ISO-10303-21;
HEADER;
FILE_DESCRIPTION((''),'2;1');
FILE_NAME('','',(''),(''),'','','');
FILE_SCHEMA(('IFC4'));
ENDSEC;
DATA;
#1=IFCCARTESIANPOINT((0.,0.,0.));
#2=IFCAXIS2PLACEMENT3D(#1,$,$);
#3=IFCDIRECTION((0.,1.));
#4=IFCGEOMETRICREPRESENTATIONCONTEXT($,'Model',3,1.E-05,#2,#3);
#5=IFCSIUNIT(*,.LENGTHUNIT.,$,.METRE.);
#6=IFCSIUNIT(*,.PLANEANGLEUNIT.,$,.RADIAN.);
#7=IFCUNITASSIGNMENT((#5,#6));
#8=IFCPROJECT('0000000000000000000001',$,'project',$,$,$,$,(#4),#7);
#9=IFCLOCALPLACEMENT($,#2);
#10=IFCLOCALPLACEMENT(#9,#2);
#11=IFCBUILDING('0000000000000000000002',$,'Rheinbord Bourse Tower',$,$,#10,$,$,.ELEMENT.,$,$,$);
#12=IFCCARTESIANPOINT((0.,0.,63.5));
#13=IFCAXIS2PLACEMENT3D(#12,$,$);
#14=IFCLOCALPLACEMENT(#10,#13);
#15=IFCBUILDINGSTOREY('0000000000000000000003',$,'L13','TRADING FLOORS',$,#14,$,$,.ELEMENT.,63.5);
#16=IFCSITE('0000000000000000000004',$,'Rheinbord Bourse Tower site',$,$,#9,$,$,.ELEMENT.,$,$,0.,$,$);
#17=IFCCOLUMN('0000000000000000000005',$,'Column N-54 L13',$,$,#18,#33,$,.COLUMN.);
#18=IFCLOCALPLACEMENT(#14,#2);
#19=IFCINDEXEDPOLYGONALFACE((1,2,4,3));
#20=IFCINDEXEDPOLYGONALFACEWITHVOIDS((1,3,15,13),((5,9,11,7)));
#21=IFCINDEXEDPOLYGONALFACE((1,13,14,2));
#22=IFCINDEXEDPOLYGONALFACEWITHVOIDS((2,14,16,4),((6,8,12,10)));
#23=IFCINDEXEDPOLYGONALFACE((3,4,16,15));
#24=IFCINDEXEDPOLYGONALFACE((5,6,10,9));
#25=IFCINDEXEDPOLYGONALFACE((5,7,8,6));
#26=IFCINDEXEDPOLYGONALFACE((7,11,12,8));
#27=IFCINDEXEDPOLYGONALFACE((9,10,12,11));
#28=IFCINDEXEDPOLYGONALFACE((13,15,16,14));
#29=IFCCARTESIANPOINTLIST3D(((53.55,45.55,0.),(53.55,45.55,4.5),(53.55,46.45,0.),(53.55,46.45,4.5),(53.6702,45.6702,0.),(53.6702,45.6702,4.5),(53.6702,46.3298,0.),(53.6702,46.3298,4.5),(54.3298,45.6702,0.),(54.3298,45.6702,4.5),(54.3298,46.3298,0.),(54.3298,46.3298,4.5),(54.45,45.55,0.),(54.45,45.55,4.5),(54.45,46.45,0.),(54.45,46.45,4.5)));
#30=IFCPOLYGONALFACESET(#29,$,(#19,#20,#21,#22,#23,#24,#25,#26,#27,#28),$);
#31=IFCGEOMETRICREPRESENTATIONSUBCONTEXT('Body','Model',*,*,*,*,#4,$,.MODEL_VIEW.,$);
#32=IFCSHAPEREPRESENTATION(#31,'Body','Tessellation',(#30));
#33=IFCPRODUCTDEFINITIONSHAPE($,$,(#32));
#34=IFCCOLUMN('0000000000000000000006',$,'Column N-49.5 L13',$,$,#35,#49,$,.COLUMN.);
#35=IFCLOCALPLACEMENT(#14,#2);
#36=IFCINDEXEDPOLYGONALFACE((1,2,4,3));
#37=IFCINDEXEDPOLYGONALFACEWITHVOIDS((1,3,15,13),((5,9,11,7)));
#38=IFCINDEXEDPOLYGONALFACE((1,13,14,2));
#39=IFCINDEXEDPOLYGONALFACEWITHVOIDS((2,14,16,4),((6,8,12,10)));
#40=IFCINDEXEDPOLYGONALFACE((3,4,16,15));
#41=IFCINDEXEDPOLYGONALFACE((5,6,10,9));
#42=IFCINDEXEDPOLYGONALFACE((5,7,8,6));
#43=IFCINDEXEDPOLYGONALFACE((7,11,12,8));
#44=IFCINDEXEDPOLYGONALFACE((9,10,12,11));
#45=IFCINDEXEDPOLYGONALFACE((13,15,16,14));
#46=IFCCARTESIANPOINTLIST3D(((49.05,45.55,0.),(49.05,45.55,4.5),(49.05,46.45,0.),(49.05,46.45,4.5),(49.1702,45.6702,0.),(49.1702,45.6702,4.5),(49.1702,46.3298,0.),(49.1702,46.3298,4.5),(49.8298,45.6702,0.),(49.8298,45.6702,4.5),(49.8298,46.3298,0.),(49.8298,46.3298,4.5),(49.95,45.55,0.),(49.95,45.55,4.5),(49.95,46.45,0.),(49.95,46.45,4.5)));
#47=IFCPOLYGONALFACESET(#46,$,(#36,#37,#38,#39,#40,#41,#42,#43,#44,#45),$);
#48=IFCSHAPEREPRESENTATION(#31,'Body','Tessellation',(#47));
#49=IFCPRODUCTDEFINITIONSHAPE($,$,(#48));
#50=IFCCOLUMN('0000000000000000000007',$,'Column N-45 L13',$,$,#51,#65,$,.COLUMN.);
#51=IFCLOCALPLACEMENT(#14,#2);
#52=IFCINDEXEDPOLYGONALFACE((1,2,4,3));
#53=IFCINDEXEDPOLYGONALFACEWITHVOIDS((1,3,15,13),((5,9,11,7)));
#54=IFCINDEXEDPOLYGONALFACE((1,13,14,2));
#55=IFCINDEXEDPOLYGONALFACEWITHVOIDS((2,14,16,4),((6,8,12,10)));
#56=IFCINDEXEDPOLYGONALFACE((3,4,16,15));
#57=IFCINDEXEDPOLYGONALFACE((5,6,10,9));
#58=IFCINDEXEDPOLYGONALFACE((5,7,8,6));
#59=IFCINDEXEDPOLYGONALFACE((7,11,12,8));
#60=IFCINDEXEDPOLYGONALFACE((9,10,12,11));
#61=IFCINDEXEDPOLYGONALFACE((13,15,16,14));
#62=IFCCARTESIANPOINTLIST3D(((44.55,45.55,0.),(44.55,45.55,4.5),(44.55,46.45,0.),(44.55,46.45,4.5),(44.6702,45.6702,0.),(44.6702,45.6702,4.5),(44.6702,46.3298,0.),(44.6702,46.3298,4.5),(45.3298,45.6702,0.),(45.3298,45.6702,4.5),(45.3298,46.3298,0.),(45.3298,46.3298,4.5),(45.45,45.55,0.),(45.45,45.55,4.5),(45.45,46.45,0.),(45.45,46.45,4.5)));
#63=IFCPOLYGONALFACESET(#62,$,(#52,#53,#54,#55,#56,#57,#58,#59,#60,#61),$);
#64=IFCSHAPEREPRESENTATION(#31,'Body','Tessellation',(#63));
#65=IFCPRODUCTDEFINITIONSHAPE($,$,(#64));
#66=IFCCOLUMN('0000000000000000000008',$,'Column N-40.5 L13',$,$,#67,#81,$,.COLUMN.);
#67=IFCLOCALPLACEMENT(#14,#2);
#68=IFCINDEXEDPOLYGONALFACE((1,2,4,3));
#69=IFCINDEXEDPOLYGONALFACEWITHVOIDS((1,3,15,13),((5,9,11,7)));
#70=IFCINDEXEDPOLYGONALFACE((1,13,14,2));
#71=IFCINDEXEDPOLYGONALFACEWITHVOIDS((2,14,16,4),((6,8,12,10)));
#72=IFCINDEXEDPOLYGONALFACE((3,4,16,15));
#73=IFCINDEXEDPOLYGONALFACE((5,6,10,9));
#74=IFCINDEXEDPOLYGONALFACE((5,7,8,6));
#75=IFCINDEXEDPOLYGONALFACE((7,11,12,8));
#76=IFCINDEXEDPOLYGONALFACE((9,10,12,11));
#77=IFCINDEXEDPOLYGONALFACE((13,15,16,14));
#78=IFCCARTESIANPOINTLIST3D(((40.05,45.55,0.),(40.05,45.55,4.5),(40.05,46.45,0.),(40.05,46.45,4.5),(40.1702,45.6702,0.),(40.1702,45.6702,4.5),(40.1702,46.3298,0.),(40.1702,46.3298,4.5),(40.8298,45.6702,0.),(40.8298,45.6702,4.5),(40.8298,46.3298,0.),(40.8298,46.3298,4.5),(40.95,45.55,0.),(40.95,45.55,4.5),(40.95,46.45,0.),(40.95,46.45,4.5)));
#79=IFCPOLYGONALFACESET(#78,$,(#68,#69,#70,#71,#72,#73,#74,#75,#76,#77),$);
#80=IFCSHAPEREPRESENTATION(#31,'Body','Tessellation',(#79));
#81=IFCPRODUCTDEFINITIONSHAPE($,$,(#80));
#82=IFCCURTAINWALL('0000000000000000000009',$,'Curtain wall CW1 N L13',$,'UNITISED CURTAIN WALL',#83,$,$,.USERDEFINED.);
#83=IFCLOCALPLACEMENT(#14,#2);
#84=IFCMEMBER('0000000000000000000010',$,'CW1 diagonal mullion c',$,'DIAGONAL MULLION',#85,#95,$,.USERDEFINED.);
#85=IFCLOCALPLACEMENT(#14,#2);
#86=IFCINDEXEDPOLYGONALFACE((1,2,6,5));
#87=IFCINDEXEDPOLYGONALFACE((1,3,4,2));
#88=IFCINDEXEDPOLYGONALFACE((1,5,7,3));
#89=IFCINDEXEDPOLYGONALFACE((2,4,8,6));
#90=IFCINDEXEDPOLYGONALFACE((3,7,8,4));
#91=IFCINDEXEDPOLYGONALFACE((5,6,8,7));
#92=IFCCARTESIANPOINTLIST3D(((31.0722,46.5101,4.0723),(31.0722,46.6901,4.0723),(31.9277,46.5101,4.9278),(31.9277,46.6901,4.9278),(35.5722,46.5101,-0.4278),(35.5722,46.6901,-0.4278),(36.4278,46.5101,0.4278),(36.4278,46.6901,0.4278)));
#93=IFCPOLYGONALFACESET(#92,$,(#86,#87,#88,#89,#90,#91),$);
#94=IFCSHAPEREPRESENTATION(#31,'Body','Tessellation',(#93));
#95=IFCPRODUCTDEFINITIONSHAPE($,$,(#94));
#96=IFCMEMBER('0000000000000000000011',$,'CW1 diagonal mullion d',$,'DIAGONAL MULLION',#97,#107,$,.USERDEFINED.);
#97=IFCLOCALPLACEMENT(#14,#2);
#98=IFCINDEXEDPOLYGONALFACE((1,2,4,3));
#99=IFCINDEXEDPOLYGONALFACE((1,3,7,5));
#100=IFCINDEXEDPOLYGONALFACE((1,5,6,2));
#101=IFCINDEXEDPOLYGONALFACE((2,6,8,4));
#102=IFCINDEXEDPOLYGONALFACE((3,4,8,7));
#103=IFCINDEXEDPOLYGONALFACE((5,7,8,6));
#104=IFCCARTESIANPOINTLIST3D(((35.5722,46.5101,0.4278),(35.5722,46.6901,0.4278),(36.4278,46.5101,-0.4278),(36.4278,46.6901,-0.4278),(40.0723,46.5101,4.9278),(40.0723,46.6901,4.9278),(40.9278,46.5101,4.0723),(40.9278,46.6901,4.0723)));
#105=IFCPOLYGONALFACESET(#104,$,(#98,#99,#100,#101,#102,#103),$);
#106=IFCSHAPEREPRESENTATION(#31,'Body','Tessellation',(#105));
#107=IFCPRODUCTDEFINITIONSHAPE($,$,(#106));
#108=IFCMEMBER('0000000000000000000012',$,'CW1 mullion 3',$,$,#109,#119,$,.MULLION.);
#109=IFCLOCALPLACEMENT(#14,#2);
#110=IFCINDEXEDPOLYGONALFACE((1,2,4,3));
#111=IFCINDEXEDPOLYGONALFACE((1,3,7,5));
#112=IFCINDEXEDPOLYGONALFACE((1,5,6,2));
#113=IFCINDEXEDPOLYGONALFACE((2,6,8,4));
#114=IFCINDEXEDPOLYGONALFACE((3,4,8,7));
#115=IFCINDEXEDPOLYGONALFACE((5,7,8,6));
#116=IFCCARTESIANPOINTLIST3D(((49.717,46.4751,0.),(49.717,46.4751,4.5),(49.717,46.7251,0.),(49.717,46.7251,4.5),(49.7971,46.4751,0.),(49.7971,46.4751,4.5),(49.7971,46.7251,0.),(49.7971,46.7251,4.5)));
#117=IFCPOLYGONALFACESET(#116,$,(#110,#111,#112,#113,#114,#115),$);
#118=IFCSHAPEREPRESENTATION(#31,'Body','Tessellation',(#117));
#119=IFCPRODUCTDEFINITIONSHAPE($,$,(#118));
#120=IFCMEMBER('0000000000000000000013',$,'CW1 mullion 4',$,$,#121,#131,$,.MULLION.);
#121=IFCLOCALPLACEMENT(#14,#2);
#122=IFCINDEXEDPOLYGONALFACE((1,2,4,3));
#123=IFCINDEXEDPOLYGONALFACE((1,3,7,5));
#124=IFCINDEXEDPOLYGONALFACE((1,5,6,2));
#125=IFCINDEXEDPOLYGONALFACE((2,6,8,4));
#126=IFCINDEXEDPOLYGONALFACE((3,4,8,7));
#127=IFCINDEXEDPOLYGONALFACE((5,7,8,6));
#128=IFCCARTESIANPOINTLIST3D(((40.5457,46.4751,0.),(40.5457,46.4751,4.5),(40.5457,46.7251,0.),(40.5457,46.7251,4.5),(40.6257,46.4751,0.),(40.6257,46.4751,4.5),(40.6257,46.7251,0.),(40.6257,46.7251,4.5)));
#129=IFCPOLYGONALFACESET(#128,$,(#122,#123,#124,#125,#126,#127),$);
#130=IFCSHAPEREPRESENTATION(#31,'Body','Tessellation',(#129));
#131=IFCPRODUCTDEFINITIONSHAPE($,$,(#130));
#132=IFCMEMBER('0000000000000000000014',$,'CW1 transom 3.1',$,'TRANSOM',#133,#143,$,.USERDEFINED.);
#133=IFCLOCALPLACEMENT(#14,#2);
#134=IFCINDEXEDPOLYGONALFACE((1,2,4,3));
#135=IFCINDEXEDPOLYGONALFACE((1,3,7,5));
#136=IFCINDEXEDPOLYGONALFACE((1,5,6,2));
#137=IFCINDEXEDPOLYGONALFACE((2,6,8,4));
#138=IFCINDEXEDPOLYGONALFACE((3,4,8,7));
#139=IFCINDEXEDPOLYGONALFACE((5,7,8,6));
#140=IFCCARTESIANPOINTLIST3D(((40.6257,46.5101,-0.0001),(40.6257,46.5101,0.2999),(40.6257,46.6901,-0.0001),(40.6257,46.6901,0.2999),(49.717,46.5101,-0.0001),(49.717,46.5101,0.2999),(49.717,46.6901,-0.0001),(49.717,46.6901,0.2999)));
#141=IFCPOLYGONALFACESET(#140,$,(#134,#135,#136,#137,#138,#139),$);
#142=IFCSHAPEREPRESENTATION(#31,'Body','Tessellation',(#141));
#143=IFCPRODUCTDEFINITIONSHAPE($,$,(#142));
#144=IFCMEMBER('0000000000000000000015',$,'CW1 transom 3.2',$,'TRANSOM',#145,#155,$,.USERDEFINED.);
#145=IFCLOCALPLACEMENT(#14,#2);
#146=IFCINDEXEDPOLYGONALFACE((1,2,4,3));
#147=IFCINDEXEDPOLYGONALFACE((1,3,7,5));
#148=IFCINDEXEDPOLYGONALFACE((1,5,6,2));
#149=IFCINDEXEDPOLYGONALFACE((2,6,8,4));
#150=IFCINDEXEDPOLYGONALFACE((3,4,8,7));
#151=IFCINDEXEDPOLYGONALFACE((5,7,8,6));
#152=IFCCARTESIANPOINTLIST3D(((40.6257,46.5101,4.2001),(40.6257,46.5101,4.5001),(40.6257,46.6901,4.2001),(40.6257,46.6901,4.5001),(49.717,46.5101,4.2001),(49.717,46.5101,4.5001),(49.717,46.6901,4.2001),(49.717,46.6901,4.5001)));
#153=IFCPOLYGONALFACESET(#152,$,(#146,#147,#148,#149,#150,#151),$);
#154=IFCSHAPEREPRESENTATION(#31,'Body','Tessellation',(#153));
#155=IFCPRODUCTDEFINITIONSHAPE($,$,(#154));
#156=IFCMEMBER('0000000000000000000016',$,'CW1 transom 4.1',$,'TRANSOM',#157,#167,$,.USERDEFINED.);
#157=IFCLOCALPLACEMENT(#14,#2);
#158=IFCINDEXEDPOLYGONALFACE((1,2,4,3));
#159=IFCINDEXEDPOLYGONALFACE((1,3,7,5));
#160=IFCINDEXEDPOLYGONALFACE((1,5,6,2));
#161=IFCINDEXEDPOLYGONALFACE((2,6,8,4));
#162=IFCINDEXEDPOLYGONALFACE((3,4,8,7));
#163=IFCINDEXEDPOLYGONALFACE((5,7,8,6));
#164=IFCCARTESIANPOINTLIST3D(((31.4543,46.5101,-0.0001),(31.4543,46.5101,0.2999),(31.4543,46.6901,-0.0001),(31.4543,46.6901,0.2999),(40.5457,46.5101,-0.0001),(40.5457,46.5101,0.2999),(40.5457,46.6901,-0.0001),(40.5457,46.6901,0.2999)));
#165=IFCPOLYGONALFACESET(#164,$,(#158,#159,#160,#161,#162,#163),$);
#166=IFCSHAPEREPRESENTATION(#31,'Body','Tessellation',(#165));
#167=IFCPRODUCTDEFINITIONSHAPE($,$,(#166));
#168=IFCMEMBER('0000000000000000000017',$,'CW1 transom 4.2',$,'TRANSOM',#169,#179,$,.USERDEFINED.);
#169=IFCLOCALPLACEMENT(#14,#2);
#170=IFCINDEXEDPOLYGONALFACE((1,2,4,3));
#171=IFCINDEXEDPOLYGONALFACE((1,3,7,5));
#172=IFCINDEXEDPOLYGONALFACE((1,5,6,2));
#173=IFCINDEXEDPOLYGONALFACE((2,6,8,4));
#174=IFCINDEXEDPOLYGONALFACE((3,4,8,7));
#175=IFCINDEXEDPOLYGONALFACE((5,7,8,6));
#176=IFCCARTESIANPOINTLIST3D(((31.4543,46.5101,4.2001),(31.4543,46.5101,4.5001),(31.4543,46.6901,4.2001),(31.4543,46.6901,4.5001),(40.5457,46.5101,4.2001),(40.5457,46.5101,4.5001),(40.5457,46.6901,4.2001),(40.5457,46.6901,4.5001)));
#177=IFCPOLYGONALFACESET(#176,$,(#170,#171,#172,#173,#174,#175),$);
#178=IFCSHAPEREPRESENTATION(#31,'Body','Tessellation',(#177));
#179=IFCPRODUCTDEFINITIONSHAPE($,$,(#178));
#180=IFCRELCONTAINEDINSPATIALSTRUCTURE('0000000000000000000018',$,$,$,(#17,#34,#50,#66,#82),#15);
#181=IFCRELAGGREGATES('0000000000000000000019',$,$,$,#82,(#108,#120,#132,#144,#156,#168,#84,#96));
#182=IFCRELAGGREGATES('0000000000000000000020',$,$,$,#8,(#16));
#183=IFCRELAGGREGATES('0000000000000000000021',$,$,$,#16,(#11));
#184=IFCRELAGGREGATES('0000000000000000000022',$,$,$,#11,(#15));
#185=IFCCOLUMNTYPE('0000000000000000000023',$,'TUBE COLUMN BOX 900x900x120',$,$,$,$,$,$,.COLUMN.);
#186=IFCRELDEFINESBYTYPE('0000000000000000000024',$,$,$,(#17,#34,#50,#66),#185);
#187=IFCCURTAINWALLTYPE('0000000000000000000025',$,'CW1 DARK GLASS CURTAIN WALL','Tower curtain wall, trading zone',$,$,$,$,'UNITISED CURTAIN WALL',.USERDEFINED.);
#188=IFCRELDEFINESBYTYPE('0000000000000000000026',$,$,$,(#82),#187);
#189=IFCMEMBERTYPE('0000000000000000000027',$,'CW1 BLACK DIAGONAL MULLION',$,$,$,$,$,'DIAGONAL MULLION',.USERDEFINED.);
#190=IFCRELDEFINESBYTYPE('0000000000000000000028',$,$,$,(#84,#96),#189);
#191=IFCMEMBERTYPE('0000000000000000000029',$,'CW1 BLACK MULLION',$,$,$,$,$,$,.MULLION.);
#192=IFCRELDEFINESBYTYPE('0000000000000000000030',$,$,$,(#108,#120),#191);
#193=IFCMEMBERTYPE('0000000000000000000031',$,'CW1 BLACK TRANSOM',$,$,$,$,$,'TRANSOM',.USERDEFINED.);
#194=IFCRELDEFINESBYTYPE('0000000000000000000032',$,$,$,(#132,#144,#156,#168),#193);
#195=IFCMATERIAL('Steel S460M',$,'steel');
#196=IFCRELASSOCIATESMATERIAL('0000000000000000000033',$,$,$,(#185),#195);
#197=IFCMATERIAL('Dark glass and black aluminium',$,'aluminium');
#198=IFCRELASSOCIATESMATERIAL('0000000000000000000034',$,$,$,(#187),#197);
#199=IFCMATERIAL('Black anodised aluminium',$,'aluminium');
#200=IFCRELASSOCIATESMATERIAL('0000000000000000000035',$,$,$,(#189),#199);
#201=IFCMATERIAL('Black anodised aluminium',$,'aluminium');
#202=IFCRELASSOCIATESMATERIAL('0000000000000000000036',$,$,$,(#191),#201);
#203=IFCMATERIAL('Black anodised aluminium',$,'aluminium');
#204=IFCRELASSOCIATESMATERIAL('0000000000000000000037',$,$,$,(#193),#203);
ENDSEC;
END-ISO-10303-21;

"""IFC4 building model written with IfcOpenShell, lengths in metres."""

from ifc_helpers import new_model, si_unit, direction, frame, origin, origin_2d, place, context, subcontext, project, spatial, rectangle, hollow_rectangle, extrude, material, material_profile, profile_set, type_object, element, aggregate, save


model = new_model("IFC4")

# Units and contexts
model_context = context("Model", 3, precision=1e-05, world=origin(), true_north=direction((0.0, 1.0)))
body_context = subcontext(model_context, "Body", "Model", "MODEL_VIEW")
ifc_project = project(units=[si_unit("LENGTHUNIT", "METRE"), si_unit("PLANEANGLEUNIT", "RADIAN")], contexts=[model_context])

# Site, building, storey
site_placement = place(None, origin())
site = spatial("IfcSite", under=ifc_project, at=site_placement, Name="Rheinbord Bourse Tower site", CompositionType="ELEMENT", RefElevation=0.0)
building_placement = place(site_placement, origin())
building = spatial("IfcBuilding", under=site, at=building_placement, Name="Rheinbord Bourse Tower", CompositionType="ELEMENT")
storey_placement = place(building_placement, frame((0.0, 0.0, 63.5)))
storey = spatial("IfcBuildingStorey", under=building, at=storey_placement, Name="L13", Description="TRADING FLOORS", CompositionType="ELEMENT", Elevation=63.5)

# Columns
ifc_material_1 = material(Name="Steel S460M", Category="steel")
ifc_material_profile_1 = material_profile(ifc_material_1, hollow_rectangle(XDim=0.8999, YDim=0.8999, WallThickness=0.1201, at=origin_2d()), Name="BOX 900x900x120")
ifc_profile_set_1 = profile_set([ifc_material_profile_1], Name="Steel S460M")
column_type = type_object("IfcColumnType", Name="TUBE COLUMN BOX 900x900x120", PredefinedType="COLUMN", material=ifc_profile_set_1)
for number, where, z_axis, x_axis, name in (
    (1, (54.0, 46.0, 0.0), (0.0, 0.0, 1.0), (0.0, 1.0, 0.0), "Column N-54 L13"),
    (2, (49.5, 46.0, 0.0), (0.0, 0.0, 1.0), (0.0, 1.0, 0.0), "Column N-49.5 L13"),
    (3, (45.0, 46.0, 0.0), (0.0, 0.0, 1.0), (0.0, 1.0, 0.0), "Column N-45 L13"),
    (4, (40.5, 46.0, 0.0), (0.0, 0.0, 1.0), (0.0, 1.0, 0.0), "Column N-40.5 L13"),
):
    element("IfcColumn", number, at=place(storey_placement, frame(where, z_axis=z_axis, x_axis=x_axis)), inside=storey, type_object=column_type, Name=name, PredefinedType="COLUMN", context=body_context, shape_type="SweptSolid", body=[
        extrude(hollow_rectangle(XDim=0.8999, YDim=0.8999, WallThickness=0.1201, at=origin_2d()), origin(), (0.0, 0.0, 1.0), 4.5),
    ])

# Curtain wall, members
ifc_material_2 = material(Name="Dark glass and black aluminium", Category="aluminium")
curtain_wall_type = type_object("IfcCurtainWallType", Name="CW1 DARK GLASS CURTAIN WALL", Description="Tower curtain wall, trading zone", ElementType="UNITISED CURTAIN WALL", PredefinedType="USERDEFINED", material=ifc_material_2)
curtain_wall_placement = place(storey_placement, origin())
curtain_wall = element("IfcCurtainWall", 5, at=curtain_wall_placement, inside=storey, type_object=curtain_wall_type, Name="Curtain wall CW1 N L13", ObjectType="UNITISED CURTAIN WALL", PredefinedType="USERDEFINED")
ifc_material_3 = material(Name="Black anodised aluminium", Category="aluminium")
ifc_material_profile_2 = material_profile(ifc_material_3, rectangle(XDim=0.1799, YDim=1.21, at=origin_2d()), Name="CW1 DIAGONAL MULLION 1210x180")
ifc_profile_set_2 = profile_set([ifc_material_profile_2], Name="Black anodised aluminium")
member_type_1 = type_object("IfcMemberType", Name="CW1 BLACK DIAGONAL MULLION", ElementType="DIAGONAL MULLION", PredefinedType="USERDEFINED", material=ifc_profile_set_2)
member_1_placement = place(storey_placement, frame((36.0, 46.6001, 0.0), z_axis=(-0.707107, 0.0, 0.707107), x_axis=(0.0, -1.0, 0.0)))
member_1 = element("IfcMember", 6, at=member_1_placement, type_object=member_type_1, Name="CW1 diagonal mullion c", ObjectType="DIAGONAL MULLION", PredefinedType="USERDEFINED", context=body_context, shape_type="SweptSolid", body=[
    extrude(rectangle(XDim=0.1799, YDim=1.21, at=origin_2d()), origin(), (0.0, 0.0, 1.0), 6.364),
])
member_2_placement = place(storey_placement, frame((36.0, 46.6001, 0.0), z_axis=(0.707107, 0.0, 0.707107), x_axis=(0.0, 1.0, 0.0)))
member_2 = element("IfcMember", 7, at=member_2_placement, type_object=member_type_1, Name="CW1 diagonal mullion d", ObjectType="DIAGONAL MULLION", PredefinedType="USERDEFINED", context=body_context, shape_type="SweptSolid", body=[
    extrude(rectangle(XDim=0.1799, YDim=1.21, at=origin_2d()), origin(), (0.0, 0.0, 1.0), 6.364),
])
ifc_material_4 = material(Name="Black anodised aluminium", Category="aluminium")
ifc_material_profile_3 = material_profile(ifc_material_4, rectangle(XDim=0.25, YDim=0.0801, at=origin_2d()), Name="CW1 MULLION 80x250")
ifc_profile_set_3 = profile_set([ifc_material_profile_3], Name="Black anodised aluminium")
member_type_2 = type_object("IfcMemberType", Name="CW1 BLACK MULLION", PredefinedType="MULLION", material=ifc_profile_set_3)
member_3_placement = place(storey_placement, frame((49.7571, 46.6001, 0.0), z_axis=(0.0, 0.0, 1.0), x_axis=(0.0, -1.0, 0.0)))
member_3 = element("IfcMember", 8, at=member_3_placement, type_object=member_type_2, Name="CW1 mullion 3", PredefinedType="MULLION", context=body_context, shape_type="SweptSolid", body=[
    extrude(rectangle(XDim=0.25, YDim=0.0801, at=origin_2d()), origin(), (0.0, 0.0, 1.0), 4.5),
])
member_4_placement = place(storey_placement, frame((40.5857, 46.6001, 0.0), z_axis=(0.0, 0.0, 1.0), x_axis=(0.0, -1.0, 0.0)))
member_4 = element("IfcMember", 9, at=member_4_placement, type_object=member_type_2, Name="CW1 mullion 4", PredefinedType="MULLION", context=body_context, shape_type="SweptSolid", body=[
    extrude(rectangle(XDim=0.25, YDim=0.0801, at=origin_2d()), origin(), (0.0, 0.0, 1.0), 4.5),
])
ifc_material_5 = material(Name="Black anodised aluminium", Category="aluminium")
ifc_material_profile_4 = material_profile(ifc_material_5, rectangle(XDim=0.1799, YDim=0.3, at=origin_2d()), Name="CW1 TRANSOM 300x180")
ifc_profile_set_4 = profile_set([ifc_material_profile_4], Name="Black anodised aluminium")
member_type_3 = type_object("IfcMemberType", Name="CW1 BLACK TRANSOM", ElementType="TRANSOM", PredefinedType="USERDEFINED", material=ifc_profile_set_4)
member_5_placement = place(storey_placement, frame((49.717, 46.6001, 0.1499), z_axis=(-1.0, 0.0, 0.0), x_axis=(0.0, -1.0, 0.0)))
member_5 = element("IfcMember", 10, at=member_5_placement, type_object=member_type_3, Name="CW1 transom 3.1", ObjectType="TRANSOM", PredefinedType="USERDEFINED", context=body_context, shape_type="SweptSolid", body=[
    extrude(rectangle(XDim=0.1799, YDim=0.3, at=origin_2d()), origin(), (0.0, 0.0, 1.0), 9.0913),
])
member_6_placement = place(storey_placement, frame((49.717, 46.6001, 4.3501), z_axis=(-1.0, 0.0, 0.0), x_axis=(0.0, -1.0, 0.0)))
member_6 = element("IfcMember", 11, at=member_6_placement, type_object=member_type_3, Name="CW1 transom 3.2", ObjectType="TRANSOM", PredefinedType="USERDEFINED", context=body_context, shape_type="SweptSolid", body=[
    extrude(rectangle(XDim=0.1799, YDim=0.3, at=origin_2d()), origin(), (0.0, 0.0, 1.0), 9.0913),
])
member_7_placement = place(storey_placement, frame((40.5457, 46.6001, 0.1499), z_axis=(-1.0, 0.0, 0.0), x_axis=(0.0, -1.0, 0.0)))
member_7 = element("IfcMember", 12, at=member_7_placement, type_object=member_type_3, Name="CW1 transom 4.1", ObjectType="TRANSOM", PredefinedType="USERDEFINED", context=body_context, shape_type="SweptSolid", body=[
    extrude(rectangle(XDim=0.1799, YDim=0.3, at=origin_2d()), origin(), (0.0, 0.0, 1.0), 9.0913),
])
member_8_placement = place(storey_placement, frame((40.5457, 46.6001, 4.3501), z_axis=(-1.0, 0.0, 0.0), x_axis=(0.0, -1.0, 0.0)))
member_8 = element("IfcMember", 13, at=member_8_placement, type_object=member_type_3, Name="CW1 transom 4.2", ObjectType="TRANSOM", PredefinedType="USERDEFINED", context=body_context, shape_type="SweptSolid", body=[
    extrude(rectangle(XDim=0.1799, YDim=0.3, at=origin_2d()), origin(), (0.0, 0.0, 1.0), 9.0913),
])

aggregate(curtain_wall, [member_3, member_4, member_5, member_6, member_7, member_8, member_1, member_2])

save(model, "model.ifc")
